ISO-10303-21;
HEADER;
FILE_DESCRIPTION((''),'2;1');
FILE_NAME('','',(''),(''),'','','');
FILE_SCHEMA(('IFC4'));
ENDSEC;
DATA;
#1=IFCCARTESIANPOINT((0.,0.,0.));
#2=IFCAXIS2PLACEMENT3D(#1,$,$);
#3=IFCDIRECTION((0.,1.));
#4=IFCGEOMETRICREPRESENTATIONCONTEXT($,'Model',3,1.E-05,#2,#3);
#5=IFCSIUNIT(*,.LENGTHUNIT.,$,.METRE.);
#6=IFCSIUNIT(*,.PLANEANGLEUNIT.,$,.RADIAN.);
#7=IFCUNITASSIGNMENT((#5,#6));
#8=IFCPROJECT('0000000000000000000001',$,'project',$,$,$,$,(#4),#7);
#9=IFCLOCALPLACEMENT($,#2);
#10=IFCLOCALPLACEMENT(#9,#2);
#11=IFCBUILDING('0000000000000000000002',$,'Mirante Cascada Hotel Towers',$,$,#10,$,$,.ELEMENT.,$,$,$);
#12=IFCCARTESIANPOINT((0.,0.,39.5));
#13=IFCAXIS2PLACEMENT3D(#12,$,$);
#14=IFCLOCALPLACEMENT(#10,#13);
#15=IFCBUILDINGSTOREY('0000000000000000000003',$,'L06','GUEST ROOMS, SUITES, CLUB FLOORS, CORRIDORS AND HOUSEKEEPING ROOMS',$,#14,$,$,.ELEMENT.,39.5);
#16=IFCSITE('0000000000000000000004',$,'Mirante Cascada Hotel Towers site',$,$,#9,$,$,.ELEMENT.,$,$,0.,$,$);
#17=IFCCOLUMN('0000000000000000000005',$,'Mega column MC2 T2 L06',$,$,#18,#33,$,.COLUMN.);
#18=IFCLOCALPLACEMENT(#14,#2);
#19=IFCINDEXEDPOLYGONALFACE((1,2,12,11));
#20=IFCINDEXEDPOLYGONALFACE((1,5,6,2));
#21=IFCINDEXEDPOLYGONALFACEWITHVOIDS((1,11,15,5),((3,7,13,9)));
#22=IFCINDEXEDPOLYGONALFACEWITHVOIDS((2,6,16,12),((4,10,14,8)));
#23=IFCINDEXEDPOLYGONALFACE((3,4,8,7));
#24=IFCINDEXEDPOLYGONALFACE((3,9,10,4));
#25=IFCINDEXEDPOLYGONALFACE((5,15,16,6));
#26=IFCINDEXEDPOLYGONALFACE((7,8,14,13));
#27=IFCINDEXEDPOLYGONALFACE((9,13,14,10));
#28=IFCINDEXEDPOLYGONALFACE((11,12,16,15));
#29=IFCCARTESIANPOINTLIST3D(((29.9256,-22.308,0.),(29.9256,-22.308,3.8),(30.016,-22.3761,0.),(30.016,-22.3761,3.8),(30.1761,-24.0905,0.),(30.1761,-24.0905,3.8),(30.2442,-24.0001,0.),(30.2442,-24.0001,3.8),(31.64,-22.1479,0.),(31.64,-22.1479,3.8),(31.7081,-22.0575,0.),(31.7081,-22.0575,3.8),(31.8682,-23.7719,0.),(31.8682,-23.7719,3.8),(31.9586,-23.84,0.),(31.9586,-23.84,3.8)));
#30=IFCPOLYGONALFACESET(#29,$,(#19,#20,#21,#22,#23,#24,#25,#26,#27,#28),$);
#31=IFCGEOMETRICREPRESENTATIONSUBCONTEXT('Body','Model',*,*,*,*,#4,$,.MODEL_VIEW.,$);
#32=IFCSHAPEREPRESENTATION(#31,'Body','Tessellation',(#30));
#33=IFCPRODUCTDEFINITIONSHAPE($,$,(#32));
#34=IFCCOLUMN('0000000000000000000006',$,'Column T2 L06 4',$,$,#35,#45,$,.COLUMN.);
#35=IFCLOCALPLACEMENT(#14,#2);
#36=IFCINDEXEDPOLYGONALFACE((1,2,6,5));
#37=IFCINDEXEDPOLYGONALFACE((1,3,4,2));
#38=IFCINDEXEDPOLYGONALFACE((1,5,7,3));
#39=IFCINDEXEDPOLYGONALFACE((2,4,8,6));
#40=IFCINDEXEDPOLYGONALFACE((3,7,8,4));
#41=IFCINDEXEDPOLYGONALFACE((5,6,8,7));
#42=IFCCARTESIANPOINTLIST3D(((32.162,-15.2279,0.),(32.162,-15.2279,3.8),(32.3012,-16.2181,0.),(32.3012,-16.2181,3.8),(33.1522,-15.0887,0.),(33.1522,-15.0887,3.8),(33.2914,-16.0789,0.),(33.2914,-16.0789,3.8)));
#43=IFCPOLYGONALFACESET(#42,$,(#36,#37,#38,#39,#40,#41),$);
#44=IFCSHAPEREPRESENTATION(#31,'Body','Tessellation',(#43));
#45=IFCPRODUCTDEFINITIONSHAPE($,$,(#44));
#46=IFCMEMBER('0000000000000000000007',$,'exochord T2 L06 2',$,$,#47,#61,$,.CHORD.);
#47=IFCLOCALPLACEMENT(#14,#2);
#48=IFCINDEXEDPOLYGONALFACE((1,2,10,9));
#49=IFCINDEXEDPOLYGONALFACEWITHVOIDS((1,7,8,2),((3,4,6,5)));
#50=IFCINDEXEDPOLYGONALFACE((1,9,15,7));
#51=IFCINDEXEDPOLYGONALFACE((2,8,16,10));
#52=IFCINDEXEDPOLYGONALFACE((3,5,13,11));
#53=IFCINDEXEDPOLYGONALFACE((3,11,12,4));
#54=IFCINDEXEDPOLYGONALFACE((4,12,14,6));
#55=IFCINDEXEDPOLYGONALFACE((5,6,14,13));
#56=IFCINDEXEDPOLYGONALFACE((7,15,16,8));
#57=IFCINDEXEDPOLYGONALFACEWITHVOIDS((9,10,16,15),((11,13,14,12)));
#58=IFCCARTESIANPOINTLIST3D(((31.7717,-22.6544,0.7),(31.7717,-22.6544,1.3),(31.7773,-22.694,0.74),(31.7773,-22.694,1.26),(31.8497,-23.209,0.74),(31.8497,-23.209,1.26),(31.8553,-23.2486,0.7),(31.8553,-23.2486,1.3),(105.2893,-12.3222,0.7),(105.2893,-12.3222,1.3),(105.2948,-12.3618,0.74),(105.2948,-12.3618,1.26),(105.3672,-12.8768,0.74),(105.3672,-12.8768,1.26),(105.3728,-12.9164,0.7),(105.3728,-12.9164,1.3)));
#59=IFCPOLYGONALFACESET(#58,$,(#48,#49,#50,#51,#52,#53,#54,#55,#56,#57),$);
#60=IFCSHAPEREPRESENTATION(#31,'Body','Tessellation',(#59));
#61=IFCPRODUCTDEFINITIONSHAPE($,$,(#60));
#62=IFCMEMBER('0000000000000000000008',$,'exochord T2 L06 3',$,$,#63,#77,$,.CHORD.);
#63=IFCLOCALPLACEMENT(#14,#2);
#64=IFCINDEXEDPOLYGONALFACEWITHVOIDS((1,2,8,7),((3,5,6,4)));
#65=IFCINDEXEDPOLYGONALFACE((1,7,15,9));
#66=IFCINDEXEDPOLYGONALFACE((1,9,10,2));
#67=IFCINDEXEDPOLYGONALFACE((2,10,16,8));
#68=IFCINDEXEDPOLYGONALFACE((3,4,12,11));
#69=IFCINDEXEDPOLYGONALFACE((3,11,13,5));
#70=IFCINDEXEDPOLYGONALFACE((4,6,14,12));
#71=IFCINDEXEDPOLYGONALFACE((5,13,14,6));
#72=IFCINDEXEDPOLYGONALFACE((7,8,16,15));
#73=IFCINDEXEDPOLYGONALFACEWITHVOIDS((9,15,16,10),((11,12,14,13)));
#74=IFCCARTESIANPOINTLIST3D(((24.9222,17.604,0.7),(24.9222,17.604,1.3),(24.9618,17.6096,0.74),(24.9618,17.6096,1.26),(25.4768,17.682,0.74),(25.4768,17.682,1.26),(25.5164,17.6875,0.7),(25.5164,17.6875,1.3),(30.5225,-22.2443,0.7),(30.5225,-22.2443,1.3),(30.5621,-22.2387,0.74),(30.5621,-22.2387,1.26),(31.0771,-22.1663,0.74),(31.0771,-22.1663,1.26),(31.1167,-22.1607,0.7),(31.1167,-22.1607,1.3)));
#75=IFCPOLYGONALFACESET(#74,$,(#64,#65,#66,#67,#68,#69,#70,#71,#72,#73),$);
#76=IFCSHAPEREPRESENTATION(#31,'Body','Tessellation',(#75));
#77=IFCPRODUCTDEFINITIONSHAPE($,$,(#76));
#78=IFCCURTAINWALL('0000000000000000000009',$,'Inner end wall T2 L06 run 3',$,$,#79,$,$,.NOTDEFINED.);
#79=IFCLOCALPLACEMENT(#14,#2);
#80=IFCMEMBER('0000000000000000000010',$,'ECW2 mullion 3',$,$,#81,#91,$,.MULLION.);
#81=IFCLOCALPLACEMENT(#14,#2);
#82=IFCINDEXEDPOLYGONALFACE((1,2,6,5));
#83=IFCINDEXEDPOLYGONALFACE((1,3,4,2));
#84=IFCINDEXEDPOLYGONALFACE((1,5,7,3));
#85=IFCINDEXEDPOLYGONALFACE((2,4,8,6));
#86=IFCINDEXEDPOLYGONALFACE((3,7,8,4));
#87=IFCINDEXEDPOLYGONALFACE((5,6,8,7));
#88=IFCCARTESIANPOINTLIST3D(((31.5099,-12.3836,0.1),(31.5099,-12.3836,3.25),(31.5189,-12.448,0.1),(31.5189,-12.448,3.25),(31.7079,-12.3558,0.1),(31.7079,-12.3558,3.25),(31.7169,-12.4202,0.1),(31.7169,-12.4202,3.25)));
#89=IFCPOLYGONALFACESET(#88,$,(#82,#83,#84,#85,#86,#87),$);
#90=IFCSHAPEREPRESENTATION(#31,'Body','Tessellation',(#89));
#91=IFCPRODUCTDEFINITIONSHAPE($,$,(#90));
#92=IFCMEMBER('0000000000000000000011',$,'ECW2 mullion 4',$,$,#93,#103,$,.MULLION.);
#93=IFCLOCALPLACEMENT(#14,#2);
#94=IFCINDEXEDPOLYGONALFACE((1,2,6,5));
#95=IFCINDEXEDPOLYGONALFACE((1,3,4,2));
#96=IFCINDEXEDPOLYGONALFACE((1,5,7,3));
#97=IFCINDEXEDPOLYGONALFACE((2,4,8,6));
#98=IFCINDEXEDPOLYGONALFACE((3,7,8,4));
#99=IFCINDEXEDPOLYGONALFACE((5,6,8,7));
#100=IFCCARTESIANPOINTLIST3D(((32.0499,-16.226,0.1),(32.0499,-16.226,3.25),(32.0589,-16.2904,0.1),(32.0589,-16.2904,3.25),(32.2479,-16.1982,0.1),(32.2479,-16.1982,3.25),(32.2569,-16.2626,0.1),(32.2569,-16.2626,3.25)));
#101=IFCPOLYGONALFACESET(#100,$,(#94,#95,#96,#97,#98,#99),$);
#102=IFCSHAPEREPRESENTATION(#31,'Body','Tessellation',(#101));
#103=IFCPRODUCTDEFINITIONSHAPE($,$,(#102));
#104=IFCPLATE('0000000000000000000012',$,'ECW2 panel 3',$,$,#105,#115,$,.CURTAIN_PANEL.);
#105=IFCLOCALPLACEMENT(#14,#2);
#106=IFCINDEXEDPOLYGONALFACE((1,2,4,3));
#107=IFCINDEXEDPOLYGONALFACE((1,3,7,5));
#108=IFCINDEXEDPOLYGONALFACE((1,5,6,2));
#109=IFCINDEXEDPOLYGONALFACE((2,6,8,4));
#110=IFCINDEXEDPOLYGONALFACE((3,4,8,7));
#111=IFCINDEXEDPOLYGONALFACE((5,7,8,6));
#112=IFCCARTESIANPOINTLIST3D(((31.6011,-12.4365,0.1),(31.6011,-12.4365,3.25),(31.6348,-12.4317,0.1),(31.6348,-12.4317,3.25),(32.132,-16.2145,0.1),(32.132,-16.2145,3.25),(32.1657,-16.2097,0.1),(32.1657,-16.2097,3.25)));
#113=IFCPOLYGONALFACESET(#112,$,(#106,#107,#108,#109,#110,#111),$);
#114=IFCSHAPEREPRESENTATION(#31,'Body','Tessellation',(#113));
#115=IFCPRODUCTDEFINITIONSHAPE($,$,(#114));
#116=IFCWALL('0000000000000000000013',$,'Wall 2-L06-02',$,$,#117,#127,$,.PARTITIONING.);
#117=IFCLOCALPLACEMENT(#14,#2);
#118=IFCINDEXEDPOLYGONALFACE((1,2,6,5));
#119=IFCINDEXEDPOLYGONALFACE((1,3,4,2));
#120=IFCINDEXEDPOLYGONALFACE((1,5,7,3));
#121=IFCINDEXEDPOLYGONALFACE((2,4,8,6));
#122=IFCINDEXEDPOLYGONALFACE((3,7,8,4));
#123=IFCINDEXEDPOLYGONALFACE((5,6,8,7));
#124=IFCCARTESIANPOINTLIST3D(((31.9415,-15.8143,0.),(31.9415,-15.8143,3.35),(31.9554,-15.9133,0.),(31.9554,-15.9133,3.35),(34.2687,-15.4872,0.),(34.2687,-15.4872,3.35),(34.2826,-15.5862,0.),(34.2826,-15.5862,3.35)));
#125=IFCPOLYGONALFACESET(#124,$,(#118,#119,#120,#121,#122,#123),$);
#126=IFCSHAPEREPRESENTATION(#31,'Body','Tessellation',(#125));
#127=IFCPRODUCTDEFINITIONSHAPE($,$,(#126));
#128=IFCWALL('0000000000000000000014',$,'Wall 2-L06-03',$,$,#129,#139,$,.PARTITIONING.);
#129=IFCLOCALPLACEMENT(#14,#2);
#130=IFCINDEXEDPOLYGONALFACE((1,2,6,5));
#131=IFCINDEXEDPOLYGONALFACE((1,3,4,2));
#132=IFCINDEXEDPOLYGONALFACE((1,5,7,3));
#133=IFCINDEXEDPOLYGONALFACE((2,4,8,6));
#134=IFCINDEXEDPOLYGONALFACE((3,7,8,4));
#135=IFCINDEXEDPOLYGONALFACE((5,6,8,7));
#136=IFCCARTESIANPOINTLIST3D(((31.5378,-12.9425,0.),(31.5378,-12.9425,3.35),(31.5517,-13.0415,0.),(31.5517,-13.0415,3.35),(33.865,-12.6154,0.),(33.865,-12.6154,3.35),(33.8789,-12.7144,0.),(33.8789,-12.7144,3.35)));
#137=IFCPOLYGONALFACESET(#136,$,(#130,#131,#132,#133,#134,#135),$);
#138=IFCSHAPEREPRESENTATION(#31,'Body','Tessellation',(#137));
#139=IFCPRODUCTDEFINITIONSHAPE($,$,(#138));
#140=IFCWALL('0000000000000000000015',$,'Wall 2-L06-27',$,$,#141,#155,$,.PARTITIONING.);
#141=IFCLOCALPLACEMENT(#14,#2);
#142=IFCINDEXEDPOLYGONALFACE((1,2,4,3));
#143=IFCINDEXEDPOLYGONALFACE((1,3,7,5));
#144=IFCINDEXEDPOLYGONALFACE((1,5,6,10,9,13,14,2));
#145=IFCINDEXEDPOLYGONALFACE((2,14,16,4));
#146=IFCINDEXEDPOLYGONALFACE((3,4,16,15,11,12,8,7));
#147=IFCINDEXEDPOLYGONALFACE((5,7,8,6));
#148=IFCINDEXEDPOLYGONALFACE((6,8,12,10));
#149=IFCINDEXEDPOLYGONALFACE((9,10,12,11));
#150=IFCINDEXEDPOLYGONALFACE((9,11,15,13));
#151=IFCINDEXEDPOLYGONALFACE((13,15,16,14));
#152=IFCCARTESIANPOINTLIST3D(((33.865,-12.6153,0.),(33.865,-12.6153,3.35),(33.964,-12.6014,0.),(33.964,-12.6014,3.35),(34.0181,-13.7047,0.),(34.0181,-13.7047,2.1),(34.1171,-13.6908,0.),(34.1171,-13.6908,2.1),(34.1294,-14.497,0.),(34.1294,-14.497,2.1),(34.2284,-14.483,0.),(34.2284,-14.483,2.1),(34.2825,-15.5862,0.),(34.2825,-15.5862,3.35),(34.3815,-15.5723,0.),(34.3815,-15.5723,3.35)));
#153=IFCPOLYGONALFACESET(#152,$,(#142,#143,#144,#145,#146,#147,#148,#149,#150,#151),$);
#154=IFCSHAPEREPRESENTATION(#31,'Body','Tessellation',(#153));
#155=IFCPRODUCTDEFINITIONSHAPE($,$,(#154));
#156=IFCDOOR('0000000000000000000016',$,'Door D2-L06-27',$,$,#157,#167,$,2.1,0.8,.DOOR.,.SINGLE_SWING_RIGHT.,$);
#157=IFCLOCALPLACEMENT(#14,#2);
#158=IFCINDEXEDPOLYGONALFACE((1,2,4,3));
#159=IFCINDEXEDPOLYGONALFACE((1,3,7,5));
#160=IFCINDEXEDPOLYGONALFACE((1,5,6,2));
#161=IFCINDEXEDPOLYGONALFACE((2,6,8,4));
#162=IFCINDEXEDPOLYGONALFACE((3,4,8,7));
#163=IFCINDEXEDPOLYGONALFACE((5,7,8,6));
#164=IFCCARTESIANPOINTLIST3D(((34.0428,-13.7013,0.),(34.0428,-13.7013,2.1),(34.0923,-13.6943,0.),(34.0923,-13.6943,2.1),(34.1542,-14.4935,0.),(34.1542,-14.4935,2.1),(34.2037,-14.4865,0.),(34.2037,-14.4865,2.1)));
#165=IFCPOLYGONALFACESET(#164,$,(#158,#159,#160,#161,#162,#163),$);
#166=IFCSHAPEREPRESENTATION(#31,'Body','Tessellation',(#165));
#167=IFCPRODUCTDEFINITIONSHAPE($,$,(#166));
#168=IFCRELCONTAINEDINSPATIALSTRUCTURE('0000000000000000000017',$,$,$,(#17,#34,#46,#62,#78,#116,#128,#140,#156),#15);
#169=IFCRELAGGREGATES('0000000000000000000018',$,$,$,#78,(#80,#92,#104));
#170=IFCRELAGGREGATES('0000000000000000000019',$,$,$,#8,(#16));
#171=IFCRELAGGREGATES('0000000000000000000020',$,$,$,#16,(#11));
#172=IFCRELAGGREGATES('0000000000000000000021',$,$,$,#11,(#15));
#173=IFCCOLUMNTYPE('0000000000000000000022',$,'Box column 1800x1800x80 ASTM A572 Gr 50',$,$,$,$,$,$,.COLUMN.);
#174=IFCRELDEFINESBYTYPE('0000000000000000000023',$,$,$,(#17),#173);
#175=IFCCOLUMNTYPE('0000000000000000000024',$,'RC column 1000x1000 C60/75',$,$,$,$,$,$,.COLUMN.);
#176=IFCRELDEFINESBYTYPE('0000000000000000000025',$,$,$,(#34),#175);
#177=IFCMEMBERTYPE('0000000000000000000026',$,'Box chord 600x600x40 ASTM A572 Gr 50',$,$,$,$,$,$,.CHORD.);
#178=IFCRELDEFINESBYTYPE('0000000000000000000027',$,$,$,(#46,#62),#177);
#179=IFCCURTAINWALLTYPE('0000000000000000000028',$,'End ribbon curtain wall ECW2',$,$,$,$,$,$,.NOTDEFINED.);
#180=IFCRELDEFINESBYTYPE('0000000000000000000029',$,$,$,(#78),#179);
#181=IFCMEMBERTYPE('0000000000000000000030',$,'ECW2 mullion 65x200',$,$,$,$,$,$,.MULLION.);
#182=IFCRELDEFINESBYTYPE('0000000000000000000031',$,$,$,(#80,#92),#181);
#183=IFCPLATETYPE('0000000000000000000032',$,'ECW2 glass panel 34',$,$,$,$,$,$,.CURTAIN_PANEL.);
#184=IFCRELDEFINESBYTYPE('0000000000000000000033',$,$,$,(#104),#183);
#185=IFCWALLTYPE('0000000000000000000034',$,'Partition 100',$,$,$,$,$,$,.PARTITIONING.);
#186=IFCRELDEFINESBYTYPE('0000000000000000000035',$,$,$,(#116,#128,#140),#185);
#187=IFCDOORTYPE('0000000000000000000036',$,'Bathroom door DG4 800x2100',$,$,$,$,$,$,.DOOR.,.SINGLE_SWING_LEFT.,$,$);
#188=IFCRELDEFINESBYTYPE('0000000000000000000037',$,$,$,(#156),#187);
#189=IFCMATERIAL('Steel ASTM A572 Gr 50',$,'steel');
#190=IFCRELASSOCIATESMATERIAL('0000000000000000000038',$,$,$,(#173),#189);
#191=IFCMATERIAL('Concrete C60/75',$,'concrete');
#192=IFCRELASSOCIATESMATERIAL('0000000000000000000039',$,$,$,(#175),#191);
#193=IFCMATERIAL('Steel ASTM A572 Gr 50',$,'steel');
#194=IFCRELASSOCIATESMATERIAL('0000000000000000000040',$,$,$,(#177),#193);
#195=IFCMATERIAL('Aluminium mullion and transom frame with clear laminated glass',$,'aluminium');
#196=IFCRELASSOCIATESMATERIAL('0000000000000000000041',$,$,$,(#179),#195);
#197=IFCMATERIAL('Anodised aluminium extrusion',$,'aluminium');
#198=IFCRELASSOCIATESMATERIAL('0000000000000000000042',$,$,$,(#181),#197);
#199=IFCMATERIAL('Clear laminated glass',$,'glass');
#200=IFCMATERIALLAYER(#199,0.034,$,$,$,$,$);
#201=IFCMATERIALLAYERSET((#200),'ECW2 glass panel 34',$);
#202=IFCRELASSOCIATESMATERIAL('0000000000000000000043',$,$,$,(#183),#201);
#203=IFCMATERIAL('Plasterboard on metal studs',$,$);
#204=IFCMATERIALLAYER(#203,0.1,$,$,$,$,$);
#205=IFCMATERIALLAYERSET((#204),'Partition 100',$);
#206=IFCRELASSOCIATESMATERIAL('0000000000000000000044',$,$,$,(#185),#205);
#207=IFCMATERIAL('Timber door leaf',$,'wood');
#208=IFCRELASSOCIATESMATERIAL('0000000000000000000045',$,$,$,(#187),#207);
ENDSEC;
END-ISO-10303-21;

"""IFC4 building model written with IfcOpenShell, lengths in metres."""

from ifc_helpers import new_model, si_unit, direction, frame, frame_2d, origin, origin_2d, place, context, subcontext, project, spatial, rectangle, hollow_rectangle, extrude, material, layer, layer_set, material_profile, profile_set, type_object, element, fill, aggregate, save


model = new_model("IFC4")

# Units and contexts
model_context = context("Model", 3, precision=1e-05, world=origin(), true_north=direction((0.0, 1.0)))
body_context = subcontext(model_context, "Body", "Model", "MODEL_VIEW")
ifc_project = project(units=[si_unit("LENGTHUNIT", "METRE"), si_unit("PLANEANGLEUNIT", "RADIAN")], contexts=[model_context])

# Site, building, storey
site_placement = place(None, origin())
site = spatial("IfcSite", under=ifc_project, at=site_placement, Name="Mirante Cascada Hotel Towers site", CompositionType="ELEMENT", RefElevation=0.0)
building_placement = place(site_placement, origin())
building = spatial("IfcBuilding", under=site, at=building_placement, Name="Mirante Cascada Hotel Towers", CompositionType="ELEMENT")
storey_placement = place(building_placement, frame((0.0, 0.0, 39.5)))
storey = spatial("IfcBuildingStorey", under=building, at=storey_placement, Name="L06", Description="GUEST ROOMS, SUITES, CLUB FLOORS, CORRIDORS AND HOUSEKEEPING ROOMS", CompositionType="ELEMENT", Elevation=39.5)

# Columns
ifc_material_1 = material(Name="Steel ASTM A572 Gr 50", Category="steel")
ifc_material_profile_1 = material_profile(ifc_material_1, hollow_rectangle(XDim=1.8, YDim=1.8, WallThickness=0.08, at=origin_2d()), Name="Box column 1800x1800x80 ASTM A572 Gr 50")
ifc_profile_set_1 = profile_set([ifc_material_profile_1], Name="Steel ASTM A572 Gr 50")
column_type_1 = type_object("IfcColumnType", Name="Box column 1800x1800x80 ASTM A572 Gr 50", PredefinedType="COLUMN", material=ifc_profile_set_1)
column_1_placement = place(storey_placement, frame((30.9421, -23.074, 0.0), z_axis=(0.0, 0.0, 1.0), x_axis=(0.990268, 0.139173, 0.0)))
element("IfcColumn", 1, at=column_1_placement, inside=storey, type_object=column_type_1, Name="Mega column MC2 T2 L06", PredefinedType="COLUMN", context=body_context, shape_type="SweptSolid", body=[
    extrude(hollow_rectangle(XDim=1.8, YDim=1.8, WallThickness=0.08, at=origin_2d()), origin(), (0.0, 0.0, 1.0), 3.8),
])
ifc_material_2 = material(Name="Concrete C60/75", Category="concrete")
ifc_material_profile_2 = material_profile(ifc_material_2, rectangle(XDim=1.0, YDim=1.0, at=origin_2d()), Name="RC column 1000x1000 C60/75")
ifc_profile_set_2 = profile_set([ifc_material_profile_2], Name="Concrete C60/75")
column_type_2 = type_object("IfcColumnType", Name="RC column 1000x1000 C60/75", PredefinedType="COLUMN", material=ifc_profile_set_2)
column_2_placement = place(storey_placement, frame((32.7267, -15.6534, 0.0), z_axis=(0.0, 0.0, 1.0), x_axis=(0.990268, 0.139173, 0.0)))
element("IfcColumn", 2, at=column_2_placement, inside=storey, type_object=column_type_2, Name="Column T2 L06 4", PredefinedType="COLUMN", context=body_context, shape_type="SweptSolid", body=[
    extrude(rectangle(XDim=1.0, YDim=1.0, at=origin_2d()), origin(), (0.0, 0.0, 1.0), 3.8),
])

# Members
ifc_material_3 = material(Name="Steel ASTM A572 Gr 50", Category="steel")
ifc_material_profile_3 = material_profile(ifc_material_3, hollow_rectangle(XDim=0.6, YDim=0.6, WallThickness=0.04, at=origin_2d()), Name="Box chord 600x600x40 ASTM A572 Gr 50")
ifc_profile_set_3 = profile_set([ifc_material_profile_3], Name="Steel ASTM A572 Gr 50")
member_type_1 = type_object("IfcMemberType", Name="Box chord 600x600x40 ASTM A572 Gr 50", PredefinedType="CHORD", material=ifc_profile_set_3)
member_1_placement = place(storey_placement, frame((31.8135, -22.9515, 1.0), z_axis=(0.990268, 0.139173, 0.0), x_axis=(-0.139173, 0.990268, 0.0)))
element("IfcMember", 3, at=member_1_placement, inside=storey, type_object=member_type_1, Name="exochord T2 L06 2", PredefinedType="CHORD", context=body_context, shape_type="SweptSolid", body=[
    extrude(hollow_rectangle(XDim=0.6, YDim=0.6, WallThickness=0.04, at=origin_2d()), origin(), (0.0, 0.0, 1.0), 74.24),
])
member_2_placement = place(storey_placement, frame((30.8196, -22.2025, 1.0), z_axis=(-0.139173, 0.990268, 0.0), x_axis=(-0.990268, -0.139173, 0.0)))
element("IfcMember", 4, at=member_2_placement, inside=storey, type_object=member_type_1, Name="exochord T2 L06 3", PredefinedType="CHORD", context=body_context, shape_type="SweptSolid", body=[
    extrude(hollow_rectangle(XDim=0.6, YDim=0.6, WallThickness=0.04, at=origin_2d()), origin(), (0.0, 0.0, 1.0), 40.2399),
])

# Curtain wall, members, plate
ifc_material_4 = material(Name="Aluminium mullion and transom frame with clear laminated glass", Category="aluminium")
curtain_wall_type = type_object("IfcCurtainWallType", Name="End ribbon curtain wall ECW2", PredefinedType="NOTDEFINED", material=ifc_material_4)
curtain_wall_placement = place(storey_placement, origin())
curtain_wall = element("IfcCurtainWall", 5, at=curtain_wall_placement, inside=storey, type_object=curtain_wall_type, Name="Inner end wall T2 L06 run 3", PredefinedType="NOTDEFINED")
ifc_material_5 = material(Name="Anodised aluminium extrusion", Category="aluminium")
ifc_material_profile_4 = material_profile(ifc_material_5, rectangle(XDim=0.2, YDim=0.065, at=origin_2d()), Name="ECW2 MULLION 65x200")
ifc_profile_set_4 = profile_set([ifc_material_profile_4], Name="Anodised aluminium extrusion")
member_type_2 = type_object("IfcMemberType", Name="ECW2 mullion 65x200", PredefinedType="MULLION", material=ifc_profile_set_4)
member_3_placement = place(storey_placement, frame((31.6134, -12.4019, 0.1), z_axis=(0.0, 0.0, 1.0), x_axis=(0.990268, 0.139173, 0.0)))
member_3 = element("IfcMember", 6, at=member_3_placement, type_object=member_type_2, Name="ECW2 mullion 3", PredefinedType="MULLION", context=body_context, shape_type="SweptSolid", body=[
    extrude(rectangle(XDim=0.2, YDim=0.065, at=origin_2d()), origin(), (0.0, 0.0, 1.0), 3.15),
])
member_4_placement = place(storey_placement, frame((32.1534, -16.2443, 0.1), z_axis=(0.0, 0.0, 1.0), x_axis=(0.990268, 0.139173, 0.0)))
member_4 = element("IfcMember", 7, at=member_4_placement, type_object=member_type_2, Name="ECW2 mullion 4", PredefinedType="MULLION", context=body_context, shape_type="SweptSolid", body=[
    extrude(rectangle(XDim=0.2, YDim=0.065, at=origin_2d()), origin(), (0.0, 0.0, 1.0), 3.15),
])
ifc_material_6 = material(Name="Clear laminated glass", Category="glass")
ifc_layer_1 = layer(ifc_material_6, 0.034)
ifc_layer_set_1 = layer_set([ifc_layer_1], Name="ECW2 glass panel 34")
plate_type = type_object("IfcPlateType", Name="ECW2 glass panel 34", PredefinedType="CURTAIN_PANEL", material=ifc_layer_set_1)
plate_placement = place(storey_placement, frame((31.8834, -14.3231, 0.1), z_axis=(0.0, 0.0, 1.0), x_axis=(0.139173, -0.990268, 0.0)))
plate = element("IfcPlate", 8, at=plate_placement, type_object=plate_type, Name="ECW2 panel 3", PredefinedType="CURTAIN_PANEL", context=body_context, shape_type="SweptSolid", body=[
    extrude(rectangle(XDim=3.8151, YDim=0.034, at=origin_2d()), origin(), (0.0, 0.0, 1.0), 3.15),
])
aggregate(curtain_wall, [member_3, member_4, plate])

# Walls
ifc_material_7 = material(Name="Plasterboard on metal studs")
ifc_layer_2 = layer(ifc_material_7, 0.1)
ifc_layer_set_2 = layer_set([ifc_layer_2], Name="Partition 100")
wall_type_1 = type_object("IfcWallType", Name="Partition 100", PredefinedType="PARTITIONING", material=ifc_layer_set_2)
for number, where, z_axis, x_axis, name in (
    (9, (34.2756, -15.5367, 0.0), (0.0, 0.0, 1.0), (-0.990266, -0.139187, 0.0), "Wall 2-L06-02"),
    (10, (31.5448, -12.992, 0.0), (0.0, 0.0, 1.0), (0.990266, 0.139187, 0.0), "Wall 2-L06-03"),
):
    element("IfcWall", number, at=place(storey_placement, frame(where, z_axis=z_axis, x_axis=x_axis)), inside=storey, type_object=wall_type_1, Name=name, PredefinedType="PARTITIONING", context=body_context, shape_type="SweptSolid", body=[
        extrude(rectangle(XDim=2.3501, YDim=0.1, at=frame_2d((1.175, 0.0))), origin(), (0.0, 0.0, 1.0), 3.35),
    ])

# Wall, opening, door
wall_1_placement = place(storey_placement, frame((34.332, -15.5793, 0.0), z_axis=(0.0, 0.0, 1.0), x_axis=(-0.139162, 0.99027, 0.0)))
wall_1 = element("IfcWall", 11, at=wall_1_placement, inside=storey, type_object=wall_type_1, Name="Wall 2-L06-27", PredefinedType="PARTITIONING", context=body_context, shape_type="SweptSolid", body=[
    extrude(rectangle(XDim=3.0001, YDim=0.1, at=frame_2d((1.5001, 0.0))), origin(), (0.0, 0.0, 1.0), 3.35),
])
opening_1_placement = place(wall_1_placement, frame((1.1, 0.0, 0.0)))
opening_1 = element("IfcOpeningElement", 12, at=opening_1_placement, cuts=wall_1, PredefinedType="OPENING", context=body_context, shape_type="SweptSolid", body=[
    extrude(rectangle(XDim=0.8, YDim=2.1, at=frame_2d((0.4, 1.05))), frame((0.0, 0.05, 0.0), z_axis=(0.0, -1.0, 0.0), x_axis=(1.0, 0.0, 0.0)), (0.0, 0.0, 1.0), 0.1),
])
ifc_material_8 = material(Name="Timber door leaf", Category="wood")
door_type = type_object("IfcDoorType", Name="Bathroom door DG4 800x2100", OperationType="SINGLE_SWING_LEFT", PredefinedType="DOOR", material=ifc_material_8)
door_placement = place(opening_1_placement, frame((0.8, 0.0, 0.0), z_axis=(0.0, 0.0, 1.0), x_axis=(-1.0, 0.0, 0.0)))
door = element("IfcDoor", 13, at=door_placement, inside=storey, type_object=door_type, Name="Door D2-L06-27", OperationType="SINGLE_SWING_RIGHT", OverallHeight=2.1, OverallWidth=0.8, PredefinedType="DOOR", context=body_context, shape_type="SweptSolid", body=[
    extrude(rectangle(XDim=0.8, YDim=2.1, at=frame_2d((0.4, 1.05))), frame((0.0, 0.025, 0.0), z_axis=(0.0, -1.0, 0.0), x_axis=(1.0, 0.0, 0.0)), (0.0, 0.0, 1.0), 0.05),
])
fill(opening_1, door)

save(model, "model.ifc")
